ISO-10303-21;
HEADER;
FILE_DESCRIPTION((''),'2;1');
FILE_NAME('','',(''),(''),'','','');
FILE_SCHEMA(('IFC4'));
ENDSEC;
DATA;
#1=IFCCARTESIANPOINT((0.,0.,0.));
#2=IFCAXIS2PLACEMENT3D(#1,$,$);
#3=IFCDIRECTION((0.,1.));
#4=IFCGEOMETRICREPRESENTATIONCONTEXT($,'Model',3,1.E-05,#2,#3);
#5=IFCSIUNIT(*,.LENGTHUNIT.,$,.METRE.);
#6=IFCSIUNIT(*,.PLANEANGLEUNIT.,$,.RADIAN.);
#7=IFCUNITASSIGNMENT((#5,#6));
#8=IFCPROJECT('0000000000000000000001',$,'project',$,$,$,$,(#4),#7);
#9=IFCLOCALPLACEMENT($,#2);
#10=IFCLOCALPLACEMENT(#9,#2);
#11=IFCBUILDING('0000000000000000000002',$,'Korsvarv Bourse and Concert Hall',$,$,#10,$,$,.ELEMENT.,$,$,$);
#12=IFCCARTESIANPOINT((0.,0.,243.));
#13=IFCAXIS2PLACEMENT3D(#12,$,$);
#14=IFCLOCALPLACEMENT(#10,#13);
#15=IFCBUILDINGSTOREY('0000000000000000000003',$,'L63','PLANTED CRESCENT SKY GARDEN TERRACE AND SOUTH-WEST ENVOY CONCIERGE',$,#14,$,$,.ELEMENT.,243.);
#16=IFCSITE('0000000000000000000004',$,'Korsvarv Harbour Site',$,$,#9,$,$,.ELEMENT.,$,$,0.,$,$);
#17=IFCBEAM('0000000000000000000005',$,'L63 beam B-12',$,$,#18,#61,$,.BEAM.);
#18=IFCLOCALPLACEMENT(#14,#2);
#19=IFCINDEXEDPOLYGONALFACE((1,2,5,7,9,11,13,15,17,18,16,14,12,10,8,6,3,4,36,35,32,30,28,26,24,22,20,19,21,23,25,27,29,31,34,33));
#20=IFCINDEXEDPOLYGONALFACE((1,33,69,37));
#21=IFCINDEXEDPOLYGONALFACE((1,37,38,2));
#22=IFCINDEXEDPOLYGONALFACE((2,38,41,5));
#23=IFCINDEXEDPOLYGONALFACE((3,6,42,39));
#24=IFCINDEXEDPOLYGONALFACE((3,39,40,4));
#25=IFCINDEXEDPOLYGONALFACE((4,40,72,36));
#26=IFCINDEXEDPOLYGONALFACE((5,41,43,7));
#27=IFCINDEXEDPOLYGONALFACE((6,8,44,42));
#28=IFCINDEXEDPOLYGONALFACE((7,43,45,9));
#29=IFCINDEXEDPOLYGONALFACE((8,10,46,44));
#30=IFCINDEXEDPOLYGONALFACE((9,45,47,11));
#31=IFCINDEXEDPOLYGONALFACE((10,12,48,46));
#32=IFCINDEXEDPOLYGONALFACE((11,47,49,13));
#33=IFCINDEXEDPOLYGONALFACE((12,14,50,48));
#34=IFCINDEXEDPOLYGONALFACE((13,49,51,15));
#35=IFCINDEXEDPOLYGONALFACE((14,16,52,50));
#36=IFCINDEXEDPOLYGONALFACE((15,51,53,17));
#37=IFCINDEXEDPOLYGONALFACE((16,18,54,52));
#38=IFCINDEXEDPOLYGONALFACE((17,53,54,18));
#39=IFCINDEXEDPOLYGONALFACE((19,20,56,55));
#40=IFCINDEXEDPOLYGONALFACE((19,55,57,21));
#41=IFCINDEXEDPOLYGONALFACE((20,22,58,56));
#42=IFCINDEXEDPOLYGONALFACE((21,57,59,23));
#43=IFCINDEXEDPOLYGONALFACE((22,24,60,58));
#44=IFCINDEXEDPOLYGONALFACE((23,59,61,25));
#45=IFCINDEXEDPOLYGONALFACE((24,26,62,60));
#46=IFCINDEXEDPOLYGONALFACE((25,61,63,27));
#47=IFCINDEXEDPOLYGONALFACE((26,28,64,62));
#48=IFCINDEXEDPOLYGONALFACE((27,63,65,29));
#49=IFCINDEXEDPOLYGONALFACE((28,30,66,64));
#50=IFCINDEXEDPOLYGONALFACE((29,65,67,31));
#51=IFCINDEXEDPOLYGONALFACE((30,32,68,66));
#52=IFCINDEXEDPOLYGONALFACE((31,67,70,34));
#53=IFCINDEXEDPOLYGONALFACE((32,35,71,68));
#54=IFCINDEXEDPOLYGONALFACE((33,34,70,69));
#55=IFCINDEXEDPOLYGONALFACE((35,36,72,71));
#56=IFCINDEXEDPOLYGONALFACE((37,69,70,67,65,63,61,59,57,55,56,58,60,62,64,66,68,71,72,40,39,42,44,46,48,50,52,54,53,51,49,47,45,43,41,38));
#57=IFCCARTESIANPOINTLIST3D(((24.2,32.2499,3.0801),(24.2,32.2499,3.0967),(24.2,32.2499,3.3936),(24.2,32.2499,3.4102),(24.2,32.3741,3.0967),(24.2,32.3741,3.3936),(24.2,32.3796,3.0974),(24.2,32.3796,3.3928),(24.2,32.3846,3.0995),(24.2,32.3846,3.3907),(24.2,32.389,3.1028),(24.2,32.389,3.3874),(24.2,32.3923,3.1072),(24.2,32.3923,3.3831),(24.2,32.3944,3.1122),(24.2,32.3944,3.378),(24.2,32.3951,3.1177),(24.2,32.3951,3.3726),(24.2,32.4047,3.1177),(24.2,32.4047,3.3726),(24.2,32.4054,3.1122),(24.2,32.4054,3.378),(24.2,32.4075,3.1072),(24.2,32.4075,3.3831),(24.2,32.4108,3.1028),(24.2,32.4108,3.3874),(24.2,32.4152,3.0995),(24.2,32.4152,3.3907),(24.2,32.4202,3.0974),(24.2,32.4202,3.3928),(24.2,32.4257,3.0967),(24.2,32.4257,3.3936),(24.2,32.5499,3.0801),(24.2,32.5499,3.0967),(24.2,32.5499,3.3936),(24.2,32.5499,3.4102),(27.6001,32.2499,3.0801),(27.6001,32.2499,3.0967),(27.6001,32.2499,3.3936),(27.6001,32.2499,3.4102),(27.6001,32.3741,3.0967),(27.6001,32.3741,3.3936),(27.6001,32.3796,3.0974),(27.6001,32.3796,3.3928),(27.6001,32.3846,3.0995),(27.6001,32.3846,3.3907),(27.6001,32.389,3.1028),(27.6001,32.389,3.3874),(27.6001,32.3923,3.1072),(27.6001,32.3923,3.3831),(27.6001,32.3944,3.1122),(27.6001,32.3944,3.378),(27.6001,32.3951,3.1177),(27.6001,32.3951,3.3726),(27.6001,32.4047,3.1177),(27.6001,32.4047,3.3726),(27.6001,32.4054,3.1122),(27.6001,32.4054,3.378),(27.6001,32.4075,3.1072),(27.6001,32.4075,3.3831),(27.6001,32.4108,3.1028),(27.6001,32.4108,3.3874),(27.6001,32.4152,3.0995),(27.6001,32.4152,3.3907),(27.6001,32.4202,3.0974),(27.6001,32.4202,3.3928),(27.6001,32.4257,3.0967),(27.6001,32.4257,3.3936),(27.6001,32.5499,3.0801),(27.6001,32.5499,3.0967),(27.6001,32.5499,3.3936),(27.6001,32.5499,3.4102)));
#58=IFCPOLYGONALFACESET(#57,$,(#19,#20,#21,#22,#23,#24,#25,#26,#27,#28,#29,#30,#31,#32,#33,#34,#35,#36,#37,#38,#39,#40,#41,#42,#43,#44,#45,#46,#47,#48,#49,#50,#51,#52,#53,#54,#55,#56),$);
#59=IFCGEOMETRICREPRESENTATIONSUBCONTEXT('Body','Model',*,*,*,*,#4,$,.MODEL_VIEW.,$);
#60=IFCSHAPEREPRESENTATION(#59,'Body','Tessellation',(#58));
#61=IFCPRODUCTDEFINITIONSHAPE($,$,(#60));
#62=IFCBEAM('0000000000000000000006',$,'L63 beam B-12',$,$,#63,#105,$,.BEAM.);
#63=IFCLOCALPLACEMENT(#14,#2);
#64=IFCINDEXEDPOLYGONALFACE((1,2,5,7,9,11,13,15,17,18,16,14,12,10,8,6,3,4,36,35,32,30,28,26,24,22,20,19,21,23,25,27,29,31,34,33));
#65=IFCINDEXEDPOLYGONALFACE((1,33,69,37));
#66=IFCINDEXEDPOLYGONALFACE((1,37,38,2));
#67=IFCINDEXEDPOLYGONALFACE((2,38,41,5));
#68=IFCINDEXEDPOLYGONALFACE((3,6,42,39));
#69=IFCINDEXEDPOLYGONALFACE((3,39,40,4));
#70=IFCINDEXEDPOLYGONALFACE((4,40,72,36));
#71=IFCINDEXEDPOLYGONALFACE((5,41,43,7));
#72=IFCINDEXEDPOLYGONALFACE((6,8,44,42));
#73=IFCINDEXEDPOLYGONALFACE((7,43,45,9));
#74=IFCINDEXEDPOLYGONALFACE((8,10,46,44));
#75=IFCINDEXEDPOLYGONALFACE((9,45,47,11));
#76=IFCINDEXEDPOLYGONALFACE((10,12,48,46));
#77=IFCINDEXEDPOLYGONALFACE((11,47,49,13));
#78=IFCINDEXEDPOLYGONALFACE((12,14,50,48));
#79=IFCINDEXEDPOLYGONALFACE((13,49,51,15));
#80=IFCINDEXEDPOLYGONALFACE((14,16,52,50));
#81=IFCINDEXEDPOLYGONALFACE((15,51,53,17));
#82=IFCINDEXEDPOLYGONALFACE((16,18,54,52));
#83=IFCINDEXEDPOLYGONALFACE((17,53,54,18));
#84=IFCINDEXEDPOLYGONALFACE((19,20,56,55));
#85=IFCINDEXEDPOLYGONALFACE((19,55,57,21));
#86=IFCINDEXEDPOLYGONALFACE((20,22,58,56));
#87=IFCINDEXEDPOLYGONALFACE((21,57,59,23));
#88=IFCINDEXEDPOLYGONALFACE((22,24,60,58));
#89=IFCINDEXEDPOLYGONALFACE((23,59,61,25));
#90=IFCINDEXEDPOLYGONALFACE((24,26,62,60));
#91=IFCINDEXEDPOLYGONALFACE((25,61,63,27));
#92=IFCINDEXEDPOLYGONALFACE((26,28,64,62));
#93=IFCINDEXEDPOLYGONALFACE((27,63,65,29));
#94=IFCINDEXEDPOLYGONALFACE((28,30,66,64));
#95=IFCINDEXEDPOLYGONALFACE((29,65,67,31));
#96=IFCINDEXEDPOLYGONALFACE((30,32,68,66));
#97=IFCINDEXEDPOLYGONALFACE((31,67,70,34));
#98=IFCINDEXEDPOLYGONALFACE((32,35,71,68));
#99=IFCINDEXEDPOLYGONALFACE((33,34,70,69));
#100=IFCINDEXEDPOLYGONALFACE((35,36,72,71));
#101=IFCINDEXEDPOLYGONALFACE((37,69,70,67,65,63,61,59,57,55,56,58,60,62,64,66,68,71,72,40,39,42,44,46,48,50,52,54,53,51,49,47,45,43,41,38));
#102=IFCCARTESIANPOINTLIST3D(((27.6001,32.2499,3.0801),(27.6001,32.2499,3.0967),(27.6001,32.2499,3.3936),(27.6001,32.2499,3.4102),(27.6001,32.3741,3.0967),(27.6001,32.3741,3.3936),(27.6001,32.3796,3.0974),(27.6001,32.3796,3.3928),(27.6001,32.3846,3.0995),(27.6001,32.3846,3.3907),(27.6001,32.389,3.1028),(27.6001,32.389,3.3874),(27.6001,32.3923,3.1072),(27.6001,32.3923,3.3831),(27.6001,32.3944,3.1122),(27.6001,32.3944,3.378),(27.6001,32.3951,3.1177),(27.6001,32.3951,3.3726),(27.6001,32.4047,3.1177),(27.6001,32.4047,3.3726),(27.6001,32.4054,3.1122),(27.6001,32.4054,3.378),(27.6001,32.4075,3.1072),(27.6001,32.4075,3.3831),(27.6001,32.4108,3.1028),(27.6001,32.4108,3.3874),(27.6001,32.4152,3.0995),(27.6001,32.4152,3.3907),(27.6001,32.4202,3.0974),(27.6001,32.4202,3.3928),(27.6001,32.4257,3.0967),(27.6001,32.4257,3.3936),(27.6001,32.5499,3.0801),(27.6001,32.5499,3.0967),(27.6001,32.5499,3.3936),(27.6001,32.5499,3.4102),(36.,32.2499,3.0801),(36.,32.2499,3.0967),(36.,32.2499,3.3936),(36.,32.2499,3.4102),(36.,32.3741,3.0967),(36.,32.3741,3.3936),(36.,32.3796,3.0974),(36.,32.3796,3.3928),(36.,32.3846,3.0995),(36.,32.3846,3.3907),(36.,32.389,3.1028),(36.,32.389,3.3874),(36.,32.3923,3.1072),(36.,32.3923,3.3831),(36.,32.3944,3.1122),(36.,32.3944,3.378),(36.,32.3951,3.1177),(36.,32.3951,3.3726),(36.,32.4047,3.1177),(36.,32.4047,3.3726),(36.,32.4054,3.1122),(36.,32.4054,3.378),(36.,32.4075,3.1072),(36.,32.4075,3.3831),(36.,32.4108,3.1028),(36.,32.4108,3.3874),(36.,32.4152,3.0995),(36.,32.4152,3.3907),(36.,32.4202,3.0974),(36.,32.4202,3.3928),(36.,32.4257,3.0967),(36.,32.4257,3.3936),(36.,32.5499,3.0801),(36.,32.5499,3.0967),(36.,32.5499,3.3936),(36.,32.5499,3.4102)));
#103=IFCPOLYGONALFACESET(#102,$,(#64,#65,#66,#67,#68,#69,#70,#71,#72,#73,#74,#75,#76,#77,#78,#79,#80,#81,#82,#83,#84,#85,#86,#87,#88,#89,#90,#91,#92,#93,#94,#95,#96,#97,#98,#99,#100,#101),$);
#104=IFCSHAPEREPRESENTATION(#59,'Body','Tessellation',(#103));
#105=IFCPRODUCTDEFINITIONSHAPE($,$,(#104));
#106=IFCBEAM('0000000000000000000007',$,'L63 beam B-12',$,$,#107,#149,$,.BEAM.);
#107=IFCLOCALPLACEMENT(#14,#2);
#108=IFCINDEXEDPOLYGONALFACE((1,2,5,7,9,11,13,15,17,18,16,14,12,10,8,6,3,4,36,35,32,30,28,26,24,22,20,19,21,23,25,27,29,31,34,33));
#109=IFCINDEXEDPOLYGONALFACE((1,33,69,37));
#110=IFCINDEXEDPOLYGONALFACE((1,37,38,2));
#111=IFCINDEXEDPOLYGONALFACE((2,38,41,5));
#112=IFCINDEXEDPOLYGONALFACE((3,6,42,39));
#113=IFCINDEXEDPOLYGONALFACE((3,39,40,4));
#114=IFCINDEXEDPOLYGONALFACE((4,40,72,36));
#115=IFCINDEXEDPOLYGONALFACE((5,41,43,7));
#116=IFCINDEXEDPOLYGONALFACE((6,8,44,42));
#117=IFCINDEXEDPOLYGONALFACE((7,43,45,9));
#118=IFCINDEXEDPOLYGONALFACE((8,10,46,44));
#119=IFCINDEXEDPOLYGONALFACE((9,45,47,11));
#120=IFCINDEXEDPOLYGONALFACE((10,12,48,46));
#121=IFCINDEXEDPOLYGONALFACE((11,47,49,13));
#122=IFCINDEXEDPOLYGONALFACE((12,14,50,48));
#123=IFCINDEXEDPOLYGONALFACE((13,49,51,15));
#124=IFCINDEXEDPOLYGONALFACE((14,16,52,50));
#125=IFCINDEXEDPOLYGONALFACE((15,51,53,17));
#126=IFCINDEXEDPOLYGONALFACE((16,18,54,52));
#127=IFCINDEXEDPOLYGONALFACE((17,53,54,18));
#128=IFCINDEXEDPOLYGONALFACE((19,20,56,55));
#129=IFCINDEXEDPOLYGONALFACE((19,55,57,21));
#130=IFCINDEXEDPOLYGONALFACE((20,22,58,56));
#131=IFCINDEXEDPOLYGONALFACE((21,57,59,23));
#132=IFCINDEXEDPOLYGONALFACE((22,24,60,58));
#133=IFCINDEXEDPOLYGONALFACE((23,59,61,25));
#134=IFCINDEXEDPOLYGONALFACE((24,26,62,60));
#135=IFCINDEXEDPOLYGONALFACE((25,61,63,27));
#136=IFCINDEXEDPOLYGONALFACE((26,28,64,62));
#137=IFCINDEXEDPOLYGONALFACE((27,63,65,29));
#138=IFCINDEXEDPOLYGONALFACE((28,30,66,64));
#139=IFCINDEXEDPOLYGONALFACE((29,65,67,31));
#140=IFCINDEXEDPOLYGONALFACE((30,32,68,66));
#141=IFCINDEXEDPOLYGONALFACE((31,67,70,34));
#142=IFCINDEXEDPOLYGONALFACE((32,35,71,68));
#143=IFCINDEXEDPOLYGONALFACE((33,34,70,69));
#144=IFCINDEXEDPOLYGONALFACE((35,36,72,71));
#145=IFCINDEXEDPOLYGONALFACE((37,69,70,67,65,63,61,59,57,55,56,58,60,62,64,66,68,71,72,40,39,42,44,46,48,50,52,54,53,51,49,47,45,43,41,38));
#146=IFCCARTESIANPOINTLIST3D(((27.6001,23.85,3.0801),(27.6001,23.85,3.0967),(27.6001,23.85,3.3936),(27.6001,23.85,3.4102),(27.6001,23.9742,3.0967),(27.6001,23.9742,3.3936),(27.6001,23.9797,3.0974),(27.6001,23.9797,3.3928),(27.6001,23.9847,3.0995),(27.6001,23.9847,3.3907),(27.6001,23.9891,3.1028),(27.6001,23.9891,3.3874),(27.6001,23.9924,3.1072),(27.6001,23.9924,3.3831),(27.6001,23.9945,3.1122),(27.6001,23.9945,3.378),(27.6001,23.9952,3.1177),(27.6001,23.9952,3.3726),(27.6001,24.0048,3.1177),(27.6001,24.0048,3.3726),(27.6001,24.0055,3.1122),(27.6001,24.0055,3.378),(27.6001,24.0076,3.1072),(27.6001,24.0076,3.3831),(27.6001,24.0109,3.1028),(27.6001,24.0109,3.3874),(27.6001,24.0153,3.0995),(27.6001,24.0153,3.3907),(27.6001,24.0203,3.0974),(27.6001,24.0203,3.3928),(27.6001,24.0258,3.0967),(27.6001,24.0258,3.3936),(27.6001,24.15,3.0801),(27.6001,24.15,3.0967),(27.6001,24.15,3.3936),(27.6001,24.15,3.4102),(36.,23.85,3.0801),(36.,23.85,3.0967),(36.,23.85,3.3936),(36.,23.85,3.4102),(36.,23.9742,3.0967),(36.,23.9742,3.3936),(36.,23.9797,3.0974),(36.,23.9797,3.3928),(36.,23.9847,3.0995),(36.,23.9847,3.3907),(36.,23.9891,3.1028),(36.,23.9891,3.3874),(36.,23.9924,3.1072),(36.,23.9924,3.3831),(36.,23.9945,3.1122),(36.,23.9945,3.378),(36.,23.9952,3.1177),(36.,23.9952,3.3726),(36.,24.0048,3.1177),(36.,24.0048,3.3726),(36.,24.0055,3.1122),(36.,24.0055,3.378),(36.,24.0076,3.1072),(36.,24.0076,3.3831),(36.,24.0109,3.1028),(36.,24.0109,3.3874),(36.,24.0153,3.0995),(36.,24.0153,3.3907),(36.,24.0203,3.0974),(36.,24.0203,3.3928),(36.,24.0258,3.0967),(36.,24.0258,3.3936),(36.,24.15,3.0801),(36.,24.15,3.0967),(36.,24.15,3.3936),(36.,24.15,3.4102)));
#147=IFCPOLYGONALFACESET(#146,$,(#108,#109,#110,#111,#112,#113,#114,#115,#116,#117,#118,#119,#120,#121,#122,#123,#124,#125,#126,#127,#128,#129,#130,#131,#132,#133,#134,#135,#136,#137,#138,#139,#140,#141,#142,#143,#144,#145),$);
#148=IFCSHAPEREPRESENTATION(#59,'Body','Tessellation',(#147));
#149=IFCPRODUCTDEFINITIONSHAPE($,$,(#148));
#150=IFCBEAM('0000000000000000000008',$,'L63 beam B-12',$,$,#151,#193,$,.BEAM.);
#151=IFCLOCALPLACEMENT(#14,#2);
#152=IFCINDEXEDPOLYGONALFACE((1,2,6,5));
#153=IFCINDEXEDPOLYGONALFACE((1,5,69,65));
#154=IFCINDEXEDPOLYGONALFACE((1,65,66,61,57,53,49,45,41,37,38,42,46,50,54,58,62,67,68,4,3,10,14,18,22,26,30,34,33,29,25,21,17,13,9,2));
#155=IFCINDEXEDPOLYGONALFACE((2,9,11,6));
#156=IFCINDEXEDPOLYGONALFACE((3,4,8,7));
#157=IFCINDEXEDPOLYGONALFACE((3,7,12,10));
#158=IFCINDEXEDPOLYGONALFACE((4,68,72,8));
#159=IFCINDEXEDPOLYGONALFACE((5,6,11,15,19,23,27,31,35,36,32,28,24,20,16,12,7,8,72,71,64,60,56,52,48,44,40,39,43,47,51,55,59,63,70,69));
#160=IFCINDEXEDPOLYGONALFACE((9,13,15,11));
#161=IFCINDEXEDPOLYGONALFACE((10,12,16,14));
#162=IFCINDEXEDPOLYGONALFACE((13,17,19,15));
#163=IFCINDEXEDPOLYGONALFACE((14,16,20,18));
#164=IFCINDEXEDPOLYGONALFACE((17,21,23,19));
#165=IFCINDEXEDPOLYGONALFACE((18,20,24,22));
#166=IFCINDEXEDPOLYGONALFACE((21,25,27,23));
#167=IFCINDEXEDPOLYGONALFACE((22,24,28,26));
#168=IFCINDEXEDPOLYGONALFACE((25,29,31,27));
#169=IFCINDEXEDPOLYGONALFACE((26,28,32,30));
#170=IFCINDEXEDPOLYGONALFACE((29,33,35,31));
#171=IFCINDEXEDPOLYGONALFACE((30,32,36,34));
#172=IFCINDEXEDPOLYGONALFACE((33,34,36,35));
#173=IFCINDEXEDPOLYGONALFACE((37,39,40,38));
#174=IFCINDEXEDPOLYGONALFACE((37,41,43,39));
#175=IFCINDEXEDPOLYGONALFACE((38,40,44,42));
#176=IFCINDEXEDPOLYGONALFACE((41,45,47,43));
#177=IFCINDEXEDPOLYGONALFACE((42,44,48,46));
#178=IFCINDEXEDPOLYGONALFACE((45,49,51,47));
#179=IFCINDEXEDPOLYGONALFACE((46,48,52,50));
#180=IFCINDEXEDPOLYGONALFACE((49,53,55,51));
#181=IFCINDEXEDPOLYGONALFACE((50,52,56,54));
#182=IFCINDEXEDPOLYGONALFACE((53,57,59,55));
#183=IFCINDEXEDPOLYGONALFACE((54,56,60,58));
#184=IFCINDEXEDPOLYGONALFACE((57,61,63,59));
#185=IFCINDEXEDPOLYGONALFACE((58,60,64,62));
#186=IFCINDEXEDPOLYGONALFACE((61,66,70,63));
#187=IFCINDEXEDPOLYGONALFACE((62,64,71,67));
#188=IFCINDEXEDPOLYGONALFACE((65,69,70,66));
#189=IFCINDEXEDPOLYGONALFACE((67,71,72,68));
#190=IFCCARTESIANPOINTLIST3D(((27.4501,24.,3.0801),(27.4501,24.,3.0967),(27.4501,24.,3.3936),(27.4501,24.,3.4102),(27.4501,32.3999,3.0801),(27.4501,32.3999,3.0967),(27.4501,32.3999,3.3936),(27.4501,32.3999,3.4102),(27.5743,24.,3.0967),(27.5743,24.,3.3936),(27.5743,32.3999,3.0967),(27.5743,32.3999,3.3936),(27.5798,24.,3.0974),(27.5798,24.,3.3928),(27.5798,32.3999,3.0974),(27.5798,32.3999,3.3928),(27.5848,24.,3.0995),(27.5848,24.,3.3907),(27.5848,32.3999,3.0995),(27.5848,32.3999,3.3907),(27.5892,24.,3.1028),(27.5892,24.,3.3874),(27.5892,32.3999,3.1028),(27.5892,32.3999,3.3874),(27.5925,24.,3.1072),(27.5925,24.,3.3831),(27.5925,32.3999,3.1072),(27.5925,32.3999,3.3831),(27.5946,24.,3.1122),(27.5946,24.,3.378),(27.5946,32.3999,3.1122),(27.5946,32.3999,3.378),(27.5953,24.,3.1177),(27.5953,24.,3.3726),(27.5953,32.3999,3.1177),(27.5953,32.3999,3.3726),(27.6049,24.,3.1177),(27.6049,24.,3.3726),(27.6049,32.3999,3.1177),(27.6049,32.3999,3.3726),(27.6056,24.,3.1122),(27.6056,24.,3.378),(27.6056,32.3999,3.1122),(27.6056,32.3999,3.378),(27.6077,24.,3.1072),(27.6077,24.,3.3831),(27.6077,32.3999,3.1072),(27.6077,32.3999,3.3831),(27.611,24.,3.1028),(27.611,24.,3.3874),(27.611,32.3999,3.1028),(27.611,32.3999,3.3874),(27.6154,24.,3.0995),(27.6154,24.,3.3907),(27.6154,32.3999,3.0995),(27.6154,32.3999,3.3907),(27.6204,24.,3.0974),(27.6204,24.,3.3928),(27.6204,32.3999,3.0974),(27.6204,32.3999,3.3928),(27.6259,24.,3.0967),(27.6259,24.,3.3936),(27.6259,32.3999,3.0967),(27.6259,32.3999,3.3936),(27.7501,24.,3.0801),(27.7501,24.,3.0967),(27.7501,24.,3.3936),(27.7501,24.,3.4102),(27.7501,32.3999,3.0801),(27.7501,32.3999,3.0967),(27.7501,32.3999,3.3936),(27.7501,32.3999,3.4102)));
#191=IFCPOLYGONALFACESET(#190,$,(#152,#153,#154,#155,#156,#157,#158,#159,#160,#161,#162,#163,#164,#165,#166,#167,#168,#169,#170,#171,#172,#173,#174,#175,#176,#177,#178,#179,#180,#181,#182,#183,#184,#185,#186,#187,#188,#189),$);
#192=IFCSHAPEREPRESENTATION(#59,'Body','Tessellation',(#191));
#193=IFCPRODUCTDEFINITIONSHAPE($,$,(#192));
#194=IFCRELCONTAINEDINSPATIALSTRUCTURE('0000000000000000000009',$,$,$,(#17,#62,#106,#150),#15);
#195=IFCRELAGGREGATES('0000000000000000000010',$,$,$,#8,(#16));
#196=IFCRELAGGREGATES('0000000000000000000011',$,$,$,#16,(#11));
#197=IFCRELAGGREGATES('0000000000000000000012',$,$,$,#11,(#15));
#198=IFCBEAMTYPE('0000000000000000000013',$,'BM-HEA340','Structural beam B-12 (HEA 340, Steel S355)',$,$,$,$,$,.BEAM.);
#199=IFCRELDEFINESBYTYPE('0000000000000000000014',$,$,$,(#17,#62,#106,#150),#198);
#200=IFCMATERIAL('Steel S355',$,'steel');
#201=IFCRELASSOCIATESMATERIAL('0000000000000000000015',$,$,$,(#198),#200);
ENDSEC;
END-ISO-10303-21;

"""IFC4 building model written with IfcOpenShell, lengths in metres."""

from ifc_helpers import new_model, si_unit, direction, frame, origin, origin_2d, place, context, subcontext, project, spatial, i_section, extrude, source, transform, mapped, material, material_profile, profile_set, type_object, element, save


model = new_model("IFC4")

# Units and contexts
model_context = context("Model", 3, precision=1e-05, world=origin(), true_north=direction((0.0, 1.0)))
body_context = subcontext(model_context, "Body", "Model", "MODEL_VIEW")
ifc_project = project(units=[si_unit("LENGTHUNIT", "METRE"), si_unit("PLANEANGLEUNIT", "RADIAN")], contexts=[model_context])

# Site, building, storey
site_placement = place(None, origin())
site = spatial("IfcSite", under=ifc_project, at=site_placement, Name="Korsvarv Harbour Site", CompositionType="ELEMENT", RefElevation=0.0)
building_placement = place(site_placement, origin())
building = spatial("IfcBuilding", under=site, at=building_placement, Name="Korsvarv Bourse and Concert Hall", CompositionType="ELEMENT")
storey_placement = place(building_placement, frame((0.0, 0.0, 243.0)))
storey = spatial("IfcBuildingStorey", under=building, at=storey_placement, Name="L63", Description="PLANTED CRESCENT SKY GARDEN TERRACE AND SOUTH-WEST ENVOY CONCIERGE", CompositionType="ELEMENT", Elevation=243.0)

# Shared definitions
ifc_material_1 = material(Name="Steel S355", Category="steel")

# Beams
ifc_material_profile_1 = material_profile(ifc_material_1, i_section(OverallWidth=0.3, OverallDepth=0.3301, WebThickness=0.0095, FlangeThickness=0.0166, FilletRadius=0.021, at=origin_2d()), Name="HEA 340")
ifc_profile_set_1 = profile_set([ifc_material_profile_1], Name="Steel S355")
beam_type_1 = type_object("IfcBeamType", Name="BM-HEA340", Description="Structural beam B-12 (HEA 340, Steel S355)", PredefinedType="BEAM", material=ifc_profile_set_1)
shared_shape_1 = source(origin(), body_context, "Body", "SweptSolid", [
    extrude(i_section(OverallWidth=0.3, OverallDepth=0.3301, WebThickness=0.0095, FlangeThickness=0.0166, FilletRadius=0.021, at=origin_2d()), origin(), (0.0, 0.0, 1.0), 3.4001),
])
beam_1_placement = place(storey_placement, frame((24.2, 32.3999, 3.2451), z_axis=(1.0, 0.0, 0.0), x_axis=(0.0, 1.0, 0.0)))
element("IfcBeam", 1, at=beam_1_placement, inside=storey, type_object=beam_type_1, Name="L63 beam B-12", PredefinedType="BEAM", context=body_context, shape_type="MappedRepresentation", body=[
    mapped(shared_shape_1, transform((0.0, 0.0, 0.0), scale=1.0)),
])
shared_shape_2 = source(origin(), body_context, "Body", "SweptSolid", [
    extrude(i_section(OverallWidth=0.3, OverallDepth=0.3301, WebThickness=0.0095, FlangeThickness=0.0166, FilletRadius=0.021, at=origin_2d()), origin(), (0.0, 0.0, 1.0), 8.3999),
])
for number, where, z_axis, x_axis, name in (
    (2, (27.6001, 32.3999, 3.2451), (1.0, 0.0, 0.0), (0.0, 1.0, 0.0), "L63 beam B-12"),
    (3, (27.6001, 24.0, 3.2451), (1.0, 0.0, 0.0), (0.0, 1.0, 0.0), "L63 beam B-12"),
    (4, (27.6001, 24.0, 3.2451), (0.0, 1.0, 0.0), (-1.0, 0.0, 0.0), "L63 beam B-12"),
):
    element("IfcBeam", number, at=place(storey_placement, frame(where, z_axis=z_axis, x_axis=x_axis)), inside=storey, type_object=beam_type_1, Name=name, PredefinedType="BEAM", context=body_context, shape_type="MappedRepresentation", body=[
        mapped(shared_shape_2, transform((0.0, 0.0, 0.0), scale=1.0)),
    ])

save(model, "model.ifc")
